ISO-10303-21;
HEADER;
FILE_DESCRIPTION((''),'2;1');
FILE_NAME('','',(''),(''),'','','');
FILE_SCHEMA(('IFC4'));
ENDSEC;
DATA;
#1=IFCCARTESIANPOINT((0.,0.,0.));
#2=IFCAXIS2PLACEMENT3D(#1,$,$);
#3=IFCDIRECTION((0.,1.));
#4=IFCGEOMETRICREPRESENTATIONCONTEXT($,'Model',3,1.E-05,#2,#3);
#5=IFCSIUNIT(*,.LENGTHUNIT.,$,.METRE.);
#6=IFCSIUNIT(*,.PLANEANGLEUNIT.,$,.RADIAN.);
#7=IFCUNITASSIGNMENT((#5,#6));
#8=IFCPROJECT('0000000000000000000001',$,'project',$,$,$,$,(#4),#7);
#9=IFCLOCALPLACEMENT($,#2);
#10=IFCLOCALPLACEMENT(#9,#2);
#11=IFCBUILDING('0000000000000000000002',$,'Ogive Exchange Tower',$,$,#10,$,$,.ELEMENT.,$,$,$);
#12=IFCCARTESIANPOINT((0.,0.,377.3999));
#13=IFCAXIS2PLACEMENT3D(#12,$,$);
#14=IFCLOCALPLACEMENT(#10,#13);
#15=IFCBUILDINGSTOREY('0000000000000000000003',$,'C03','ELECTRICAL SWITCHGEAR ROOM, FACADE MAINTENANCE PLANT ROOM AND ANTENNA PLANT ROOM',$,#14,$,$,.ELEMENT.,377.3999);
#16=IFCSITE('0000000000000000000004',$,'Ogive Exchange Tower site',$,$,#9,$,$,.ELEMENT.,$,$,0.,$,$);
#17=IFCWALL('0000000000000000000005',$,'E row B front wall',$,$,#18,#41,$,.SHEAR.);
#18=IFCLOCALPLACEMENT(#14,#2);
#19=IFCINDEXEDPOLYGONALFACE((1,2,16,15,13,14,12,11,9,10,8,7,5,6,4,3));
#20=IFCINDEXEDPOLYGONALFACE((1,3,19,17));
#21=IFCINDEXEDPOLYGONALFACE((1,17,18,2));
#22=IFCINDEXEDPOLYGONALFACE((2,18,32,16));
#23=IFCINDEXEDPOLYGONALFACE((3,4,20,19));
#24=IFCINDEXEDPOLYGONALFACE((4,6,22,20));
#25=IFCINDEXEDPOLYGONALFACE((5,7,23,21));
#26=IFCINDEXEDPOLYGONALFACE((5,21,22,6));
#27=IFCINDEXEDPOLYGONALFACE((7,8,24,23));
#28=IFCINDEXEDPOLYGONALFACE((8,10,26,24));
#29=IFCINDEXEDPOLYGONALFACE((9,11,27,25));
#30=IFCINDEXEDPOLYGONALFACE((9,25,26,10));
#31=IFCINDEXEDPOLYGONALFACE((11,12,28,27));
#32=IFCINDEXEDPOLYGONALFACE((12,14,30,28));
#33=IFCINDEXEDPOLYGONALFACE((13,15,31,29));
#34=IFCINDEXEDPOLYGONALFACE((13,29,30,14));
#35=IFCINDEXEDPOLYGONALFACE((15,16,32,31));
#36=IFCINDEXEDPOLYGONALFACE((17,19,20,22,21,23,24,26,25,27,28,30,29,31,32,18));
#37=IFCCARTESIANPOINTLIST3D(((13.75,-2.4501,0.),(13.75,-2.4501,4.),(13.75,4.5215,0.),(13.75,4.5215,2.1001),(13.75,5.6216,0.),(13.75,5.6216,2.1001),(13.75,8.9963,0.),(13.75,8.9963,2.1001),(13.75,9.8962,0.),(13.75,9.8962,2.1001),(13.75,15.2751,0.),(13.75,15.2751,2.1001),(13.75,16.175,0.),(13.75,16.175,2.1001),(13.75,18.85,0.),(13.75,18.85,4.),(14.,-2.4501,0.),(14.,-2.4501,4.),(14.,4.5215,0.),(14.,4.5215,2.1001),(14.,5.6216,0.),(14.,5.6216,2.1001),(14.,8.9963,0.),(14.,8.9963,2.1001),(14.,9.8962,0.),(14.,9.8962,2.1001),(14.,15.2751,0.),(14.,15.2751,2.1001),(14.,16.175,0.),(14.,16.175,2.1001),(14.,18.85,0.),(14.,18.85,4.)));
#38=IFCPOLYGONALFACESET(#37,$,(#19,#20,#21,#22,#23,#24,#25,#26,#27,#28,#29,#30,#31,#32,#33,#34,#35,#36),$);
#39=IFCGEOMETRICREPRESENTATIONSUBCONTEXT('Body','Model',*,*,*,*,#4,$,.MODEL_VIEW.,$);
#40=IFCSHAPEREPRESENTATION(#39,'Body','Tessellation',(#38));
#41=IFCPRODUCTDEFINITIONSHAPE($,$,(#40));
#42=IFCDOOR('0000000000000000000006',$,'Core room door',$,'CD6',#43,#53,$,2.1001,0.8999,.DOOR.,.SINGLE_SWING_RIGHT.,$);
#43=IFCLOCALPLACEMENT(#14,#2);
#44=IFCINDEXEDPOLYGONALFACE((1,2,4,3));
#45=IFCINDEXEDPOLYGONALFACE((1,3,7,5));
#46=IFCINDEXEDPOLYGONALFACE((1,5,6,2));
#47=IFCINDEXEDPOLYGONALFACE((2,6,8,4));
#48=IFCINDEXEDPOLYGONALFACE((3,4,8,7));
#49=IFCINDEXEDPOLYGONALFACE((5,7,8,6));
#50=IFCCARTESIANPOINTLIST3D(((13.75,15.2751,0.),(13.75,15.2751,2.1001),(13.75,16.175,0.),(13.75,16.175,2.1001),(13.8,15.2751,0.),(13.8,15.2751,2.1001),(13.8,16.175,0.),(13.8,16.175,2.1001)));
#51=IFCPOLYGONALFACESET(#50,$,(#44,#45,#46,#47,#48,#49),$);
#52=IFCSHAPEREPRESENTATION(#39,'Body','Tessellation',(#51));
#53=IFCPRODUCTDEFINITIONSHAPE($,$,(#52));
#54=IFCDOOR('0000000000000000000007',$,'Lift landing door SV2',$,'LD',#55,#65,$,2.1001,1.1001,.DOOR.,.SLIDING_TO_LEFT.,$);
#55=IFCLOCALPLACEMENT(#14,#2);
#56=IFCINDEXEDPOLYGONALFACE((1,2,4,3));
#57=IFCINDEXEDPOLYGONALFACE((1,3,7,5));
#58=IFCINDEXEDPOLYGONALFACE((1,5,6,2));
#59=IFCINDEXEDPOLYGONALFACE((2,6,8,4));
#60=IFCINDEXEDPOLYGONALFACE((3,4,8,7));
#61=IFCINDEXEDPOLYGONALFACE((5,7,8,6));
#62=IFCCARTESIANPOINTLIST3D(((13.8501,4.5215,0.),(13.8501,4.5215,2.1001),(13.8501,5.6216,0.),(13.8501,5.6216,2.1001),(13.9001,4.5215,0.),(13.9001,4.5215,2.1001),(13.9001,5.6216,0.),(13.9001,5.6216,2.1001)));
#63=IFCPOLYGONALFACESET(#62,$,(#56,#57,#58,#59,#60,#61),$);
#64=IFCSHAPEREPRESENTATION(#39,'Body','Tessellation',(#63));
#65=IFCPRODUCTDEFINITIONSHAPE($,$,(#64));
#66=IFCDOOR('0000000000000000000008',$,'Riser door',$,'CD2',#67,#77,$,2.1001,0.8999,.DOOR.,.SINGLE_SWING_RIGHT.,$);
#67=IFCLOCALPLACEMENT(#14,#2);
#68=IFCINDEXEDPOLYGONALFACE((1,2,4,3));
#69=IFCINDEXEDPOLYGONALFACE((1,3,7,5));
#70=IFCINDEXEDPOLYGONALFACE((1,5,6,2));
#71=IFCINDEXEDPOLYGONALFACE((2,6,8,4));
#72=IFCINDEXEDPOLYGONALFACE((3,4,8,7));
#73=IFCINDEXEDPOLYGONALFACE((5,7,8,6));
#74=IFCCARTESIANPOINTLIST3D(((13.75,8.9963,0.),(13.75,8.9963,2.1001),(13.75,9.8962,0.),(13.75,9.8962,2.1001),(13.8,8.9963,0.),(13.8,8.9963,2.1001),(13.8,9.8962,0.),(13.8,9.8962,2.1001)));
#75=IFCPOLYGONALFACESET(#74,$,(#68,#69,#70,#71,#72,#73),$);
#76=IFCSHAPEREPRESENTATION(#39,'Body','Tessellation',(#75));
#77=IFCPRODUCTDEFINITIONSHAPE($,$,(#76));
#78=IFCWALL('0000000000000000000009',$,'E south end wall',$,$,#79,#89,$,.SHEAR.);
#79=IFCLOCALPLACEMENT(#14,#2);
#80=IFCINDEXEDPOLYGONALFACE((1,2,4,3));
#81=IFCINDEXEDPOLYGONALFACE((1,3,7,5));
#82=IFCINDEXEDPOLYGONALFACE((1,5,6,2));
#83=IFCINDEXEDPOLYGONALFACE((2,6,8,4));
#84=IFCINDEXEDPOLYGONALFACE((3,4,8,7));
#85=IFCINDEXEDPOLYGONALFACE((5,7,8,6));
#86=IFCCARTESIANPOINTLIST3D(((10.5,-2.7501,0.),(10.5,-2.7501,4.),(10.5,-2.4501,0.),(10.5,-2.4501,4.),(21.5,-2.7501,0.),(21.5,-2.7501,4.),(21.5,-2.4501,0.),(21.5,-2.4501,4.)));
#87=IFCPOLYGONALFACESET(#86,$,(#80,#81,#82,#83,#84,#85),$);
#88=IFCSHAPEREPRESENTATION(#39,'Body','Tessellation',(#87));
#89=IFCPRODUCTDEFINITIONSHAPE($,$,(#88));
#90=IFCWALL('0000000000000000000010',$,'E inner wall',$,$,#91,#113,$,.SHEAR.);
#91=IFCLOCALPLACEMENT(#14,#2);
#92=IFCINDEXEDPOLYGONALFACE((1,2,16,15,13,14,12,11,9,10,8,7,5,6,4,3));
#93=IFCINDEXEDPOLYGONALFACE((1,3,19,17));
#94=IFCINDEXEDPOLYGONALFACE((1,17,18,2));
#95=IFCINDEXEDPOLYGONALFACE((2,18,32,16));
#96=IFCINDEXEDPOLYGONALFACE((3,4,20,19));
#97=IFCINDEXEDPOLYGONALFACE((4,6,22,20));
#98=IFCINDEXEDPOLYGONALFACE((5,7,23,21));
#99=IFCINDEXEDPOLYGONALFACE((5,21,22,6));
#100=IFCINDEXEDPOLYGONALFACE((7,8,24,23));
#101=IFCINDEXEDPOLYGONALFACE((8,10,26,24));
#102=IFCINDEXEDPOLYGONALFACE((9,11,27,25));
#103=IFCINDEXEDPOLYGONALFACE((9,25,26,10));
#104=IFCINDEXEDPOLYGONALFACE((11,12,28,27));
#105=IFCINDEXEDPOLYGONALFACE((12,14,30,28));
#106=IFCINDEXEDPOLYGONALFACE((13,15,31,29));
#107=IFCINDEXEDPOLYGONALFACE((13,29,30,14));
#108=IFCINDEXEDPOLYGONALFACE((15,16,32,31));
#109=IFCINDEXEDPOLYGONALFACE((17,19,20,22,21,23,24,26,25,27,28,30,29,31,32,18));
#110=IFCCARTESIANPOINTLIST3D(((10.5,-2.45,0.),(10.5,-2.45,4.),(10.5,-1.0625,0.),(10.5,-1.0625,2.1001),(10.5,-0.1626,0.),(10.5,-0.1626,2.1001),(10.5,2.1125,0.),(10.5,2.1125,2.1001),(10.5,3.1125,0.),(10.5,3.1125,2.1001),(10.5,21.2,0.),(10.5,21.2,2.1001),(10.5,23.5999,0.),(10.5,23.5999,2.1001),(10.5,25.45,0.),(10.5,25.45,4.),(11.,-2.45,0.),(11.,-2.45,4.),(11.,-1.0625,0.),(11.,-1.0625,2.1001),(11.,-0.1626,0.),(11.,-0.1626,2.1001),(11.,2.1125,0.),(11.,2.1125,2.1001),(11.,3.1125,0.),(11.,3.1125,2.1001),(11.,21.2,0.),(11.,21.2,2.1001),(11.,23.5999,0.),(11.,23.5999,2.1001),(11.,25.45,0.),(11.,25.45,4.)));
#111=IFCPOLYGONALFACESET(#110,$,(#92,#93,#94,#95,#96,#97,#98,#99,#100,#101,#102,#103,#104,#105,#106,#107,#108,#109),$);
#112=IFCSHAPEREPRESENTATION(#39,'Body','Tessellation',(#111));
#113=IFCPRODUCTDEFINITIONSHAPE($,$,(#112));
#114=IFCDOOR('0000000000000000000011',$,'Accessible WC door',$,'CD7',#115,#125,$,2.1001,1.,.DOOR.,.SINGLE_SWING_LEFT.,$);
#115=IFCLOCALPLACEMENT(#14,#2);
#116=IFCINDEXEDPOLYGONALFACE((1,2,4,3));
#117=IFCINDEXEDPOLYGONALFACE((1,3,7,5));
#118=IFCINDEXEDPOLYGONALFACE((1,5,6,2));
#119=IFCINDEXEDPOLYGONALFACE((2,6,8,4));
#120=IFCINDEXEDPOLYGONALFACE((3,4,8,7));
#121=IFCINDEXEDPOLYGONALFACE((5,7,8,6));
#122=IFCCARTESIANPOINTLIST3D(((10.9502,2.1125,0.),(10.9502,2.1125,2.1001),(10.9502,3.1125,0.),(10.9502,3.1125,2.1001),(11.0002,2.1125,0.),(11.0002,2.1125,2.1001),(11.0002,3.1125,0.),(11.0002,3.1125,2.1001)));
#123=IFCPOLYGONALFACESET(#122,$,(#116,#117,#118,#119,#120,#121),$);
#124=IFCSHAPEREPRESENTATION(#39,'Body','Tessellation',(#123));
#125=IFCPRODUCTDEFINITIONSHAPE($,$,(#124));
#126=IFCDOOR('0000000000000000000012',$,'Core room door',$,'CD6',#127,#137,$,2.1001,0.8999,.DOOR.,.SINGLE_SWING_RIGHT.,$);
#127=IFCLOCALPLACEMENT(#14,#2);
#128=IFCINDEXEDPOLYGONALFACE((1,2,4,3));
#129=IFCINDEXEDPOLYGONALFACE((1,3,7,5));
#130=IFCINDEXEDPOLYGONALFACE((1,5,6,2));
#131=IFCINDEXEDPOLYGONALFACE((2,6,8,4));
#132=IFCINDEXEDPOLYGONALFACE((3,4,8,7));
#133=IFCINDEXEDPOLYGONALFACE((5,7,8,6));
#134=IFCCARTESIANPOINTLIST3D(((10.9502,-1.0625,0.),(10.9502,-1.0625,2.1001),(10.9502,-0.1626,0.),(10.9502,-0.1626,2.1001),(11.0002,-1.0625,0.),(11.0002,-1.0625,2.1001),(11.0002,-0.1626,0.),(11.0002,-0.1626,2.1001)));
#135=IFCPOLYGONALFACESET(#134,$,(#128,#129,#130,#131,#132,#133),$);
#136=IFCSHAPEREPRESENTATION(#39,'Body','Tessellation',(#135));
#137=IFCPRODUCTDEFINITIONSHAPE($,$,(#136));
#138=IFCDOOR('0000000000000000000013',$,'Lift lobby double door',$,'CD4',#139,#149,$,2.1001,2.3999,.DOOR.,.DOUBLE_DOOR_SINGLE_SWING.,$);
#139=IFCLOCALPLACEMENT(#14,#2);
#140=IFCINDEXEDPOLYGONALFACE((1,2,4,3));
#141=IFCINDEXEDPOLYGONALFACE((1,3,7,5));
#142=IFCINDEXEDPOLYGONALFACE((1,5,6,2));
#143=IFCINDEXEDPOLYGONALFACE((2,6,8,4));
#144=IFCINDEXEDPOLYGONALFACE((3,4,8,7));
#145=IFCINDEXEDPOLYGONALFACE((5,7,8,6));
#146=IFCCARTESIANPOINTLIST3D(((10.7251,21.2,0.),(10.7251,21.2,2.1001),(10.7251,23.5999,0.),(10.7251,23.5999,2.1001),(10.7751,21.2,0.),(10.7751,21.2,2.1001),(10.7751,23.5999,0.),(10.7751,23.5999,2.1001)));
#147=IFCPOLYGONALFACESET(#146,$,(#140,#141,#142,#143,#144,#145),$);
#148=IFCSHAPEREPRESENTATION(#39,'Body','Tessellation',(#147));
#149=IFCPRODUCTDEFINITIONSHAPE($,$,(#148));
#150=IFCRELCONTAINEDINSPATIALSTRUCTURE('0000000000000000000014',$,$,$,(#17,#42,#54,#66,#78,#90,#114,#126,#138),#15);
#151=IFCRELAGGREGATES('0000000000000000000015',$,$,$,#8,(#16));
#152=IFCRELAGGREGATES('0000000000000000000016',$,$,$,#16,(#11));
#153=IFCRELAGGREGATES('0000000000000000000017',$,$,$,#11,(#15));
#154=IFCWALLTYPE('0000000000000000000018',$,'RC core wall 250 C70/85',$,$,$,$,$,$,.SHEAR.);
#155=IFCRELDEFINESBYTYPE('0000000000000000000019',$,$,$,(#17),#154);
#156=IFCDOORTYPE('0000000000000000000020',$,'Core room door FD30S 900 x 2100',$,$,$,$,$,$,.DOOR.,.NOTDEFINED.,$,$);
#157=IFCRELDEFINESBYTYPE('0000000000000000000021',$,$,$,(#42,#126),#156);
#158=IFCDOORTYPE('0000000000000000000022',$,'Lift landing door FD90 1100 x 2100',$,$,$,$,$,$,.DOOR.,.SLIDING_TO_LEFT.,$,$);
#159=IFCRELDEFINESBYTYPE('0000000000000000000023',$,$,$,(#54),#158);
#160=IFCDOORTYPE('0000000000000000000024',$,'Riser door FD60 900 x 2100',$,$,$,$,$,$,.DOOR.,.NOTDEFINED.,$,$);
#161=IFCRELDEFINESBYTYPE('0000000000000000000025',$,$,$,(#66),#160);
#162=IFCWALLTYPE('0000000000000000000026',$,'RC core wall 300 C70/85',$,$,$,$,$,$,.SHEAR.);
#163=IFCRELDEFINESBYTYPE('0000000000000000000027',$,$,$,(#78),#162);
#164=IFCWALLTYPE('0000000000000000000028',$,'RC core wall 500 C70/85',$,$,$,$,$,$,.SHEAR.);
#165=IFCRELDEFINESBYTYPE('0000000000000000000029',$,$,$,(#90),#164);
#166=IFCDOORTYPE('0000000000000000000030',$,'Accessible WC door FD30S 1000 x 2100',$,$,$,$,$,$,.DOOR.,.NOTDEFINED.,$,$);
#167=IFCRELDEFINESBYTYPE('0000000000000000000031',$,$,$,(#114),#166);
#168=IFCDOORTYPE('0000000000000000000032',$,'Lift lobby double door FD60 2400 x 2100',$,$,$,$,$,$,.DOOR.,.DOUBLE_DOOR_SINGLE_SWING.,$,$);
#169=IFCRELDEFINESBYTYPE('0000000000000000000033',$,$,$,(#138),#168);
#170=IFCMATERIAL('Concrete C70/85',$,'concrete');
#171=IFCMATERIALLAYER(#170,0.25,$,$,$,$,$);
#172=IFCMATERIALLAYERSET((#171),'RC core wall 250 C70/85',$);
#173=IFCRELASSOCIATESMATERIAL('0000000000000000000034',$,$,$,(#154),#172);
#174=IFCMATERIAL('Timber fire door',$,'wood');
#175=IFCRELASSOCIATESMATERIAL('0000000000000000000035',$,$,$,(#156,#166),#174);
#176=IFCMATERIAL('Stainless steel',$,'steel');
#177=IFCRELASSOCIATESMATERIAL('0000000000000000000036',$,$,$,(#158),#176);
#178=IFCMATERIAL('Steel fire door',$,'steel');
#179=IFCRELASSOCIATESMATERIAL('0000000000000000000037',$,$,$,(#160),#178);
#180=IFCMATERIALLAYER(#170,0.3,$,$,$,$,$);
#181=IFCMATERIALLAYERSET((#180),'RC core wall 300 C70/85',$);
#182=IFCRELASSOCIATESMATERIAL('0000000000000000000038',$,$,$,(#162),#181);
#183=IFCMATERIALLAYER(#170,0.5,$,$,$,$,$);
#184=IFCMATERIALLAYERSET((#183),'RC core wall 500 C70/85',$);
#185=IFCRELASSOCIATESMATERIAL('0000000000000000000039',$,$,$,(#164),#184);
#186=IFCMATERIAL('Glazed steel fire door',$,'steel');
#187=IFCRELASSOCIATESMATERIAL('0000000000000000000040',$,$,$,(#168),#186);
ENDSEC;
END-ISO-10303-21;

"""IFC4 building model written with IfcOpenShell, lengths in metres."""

from ifc_helpers import new_model, si_unit, direction, frame, frame_2d, origin, place, context, subcontext, project, spatial, rectangle, extrude, material, layer, layer_set, type_object, element, fill, save


model = new_model("IFC4")

# Units and contexts
model_context = context("Model", 3, precision=1e-05, world=origin(), true_north=direction((0.0, 1.0)))
body_context = subcontext(model_context, "Body", "Model", "MODEL_VIEW")
ifc_project = project(units=[si_unit("LENGTHUNIT", "METRE"), si_unit("PLANEANGLEUNIT", "RADIAN")], contexts=[model_context])

# Site, building, storey
site_placement = place(None, origin())
site = spatial("IfcSite", under=ifc_project, at=site_placement, Name="Ogive Exchange Tower site", CompositionType="ELEMENT", RefElevation=0.0)
building_placement = place(site_placement, origin())
building = spatial("IfcBuilding", under=site, at=building_placement, Name="Ogive Exchange Tower", CompositionType="ELEMENT")
storey_placement = place(building_placement, frame((0.0, 0.0, 377.3999)))
storey = spatial("IfcBuildingStorey", under=building, at=storey_placement, Name="C03", Description="ELECTRICAL SWITCHGEAR ROOM, FACADE MAINTENANCE PLANT ROOM AND ANTENNA PLANT ROOM", CompositionType="ELEMENT", Elevation=377.3999)

# Wall, openings, doors
ifc_material_1 = material(Name="Concrete C70/85", Category="concrete")
ifc_layer_1 = layer(ifc_material_1, 0.25)
ifc_layer_set_1 = layer_set([ifc_layer_1], Name="RC core wall 250 C70/85")
wall_type_1 = type_object("IfcWallType", Name="RC core wall 250 C70/85", PredefinedType="SHEAR", material=ifc_layer_set_1)
wall_1_placement = place(storey_placement, frame((13.875, -2.45, 0.0), z_axis=(0.0, 0.0, 1.0), x_axis=(0.0, 1.0, 0.0)))
wall_1 = element("IfcWall", 1, at=wall_1_placement, inside=storey, type_object=wall_type_1, Name="E row B front wall", PredefinedType="SHEAR", context=body_context, shape_type="SweptSolid", body=[
    extrude(rectangle(XDim=21.3, YDim=0.25, at=frame_2d((10.6499, 0.0))), origin(), (0.0, 0.0, 1.0), 4.0),
])
opening_1_placement = place(wall_1_placement, frame((11.4463, 0.0, 0.0)))
opening_1 = element("IfcOpeningElement", 2, at=opening_1_placement, cuts=wall_1, PredefinedType="OPENING", context=body_context, shape_type="SweptSolid", body=[
    extrude(rectangle(XDim=0.8999, YDim=2.1001, at=frame_2d((0.45, 1.05))), frame((0.0, 0.135, 0.0), z_axis=(0.0, -1.0, 0.0), x_axis=(1.0, 0.0, 0.0)), (0.0, 0.0, 1.0), 0.27),
])
opening_2_placement = place(wall_1_placement, frame((17.7251, 0.0, 0.0)))
opening_2 = element("IfcOpeningElement", 3, at=opening_2_placement, cuts=wall_1, PredefinedType="OPENING", context=body_context, shape_type="SweptSolid", body=[
    extrude(rectangle(XDim=0.8999, YDim=2.1001, at=frame_2d((0.45, 1.05))), frame((0.0, 0.135, 0.0), z_axis=(0.0, -1.0, 0.0), x_axis=(1.0, 0.0, 0.0)), (0.0, 0.0, 1.0), 0.27),
])
opening_3_placement = place(wall_1_placement, frame((6.9714, 0.0, 0.0)))
opening_3 = element("IfcOpeningElement", 4, at=opening_3_placement, cuts=wall_1, PredefinedType="OPENING", context=body_context, shape_type="SweptSolid", body=[
    extrude(rectangle(XDim=1.1001, YDim=2.1001, at=frame_2d((0.55, 1.05))), frame((0.0, 0.135, 0.0), z_axis=(0.0, -1.0, 0.0), x_axis=(1.0, 0.0, 0.0)), (0.0, 0.0, 1.0), 0.27),
])
ifc_material_2 = material(Name="Timber fire door", Category="wood")
door_type_1 = type_object("IfcDoorType", Name="Core room door FD30S 900 x 2100", OperationType="NOTDEFINED", PredefinedType="DOOR", material=ifc_material_2)
door_1_placement = place(opening_2_placement, origin())
door_1 = element("IfcDoor", 5, at=door_1_placement, inside=storey, type_object=door_type_1, Name="Core room door", ObjectType="CD6", OperationType="SINGLE_SWING_RIGHT", OverallHeight=2.1001, OverallWidth=0.8999, PredefinedType="DOOR", context=body_context, shape_type="SweptSolid", body=[
    extrude(rectangle(XDim=0.8999, YDim=2.1001, at=frame_2d((0.45, 1.05))), frame((0.0, 0.125, 0.0), z_axis=(0.0, -1.0, 0.0), x_axis=(1.0, 0.0, 0.0)), (0.0, 0.0, 1.0), 0.05),
])
fill(opening_2, door_1)
ifc_material_3 = material(Name="Stainless steel", Category="steel")
door_type_2 = type_object("IfcDoorType", Name="Lift landing door FD90 1100 x 2100", OperationType="SLIDING_TO_LEFT", PredefinedType="DOOR", material=ifc_material_3)
door_2_placement = place(opening_3_placement, origin())
door_2 = element("IfcDoor", 6, at=door_2_placement, inside=storey, type_object=door_type_2, Name="Lift landing door SV2", ObjectType="LD", OperationType="SLIDING_TO_LEFT", OverallHeight=2.1001, OverallWidth=1.1001, PredefinedType="DOOR", context=body_context, shape_type="SweptSolid", body=[
    extrude(rectangle(XDim=1.1001, YDim=2.1001, at=frame_2d((0.55, 1.05))), frame((0.0, 0.0249, 0.0), z_axis=(0.0, -1.0, 0.0), x_axis=(1.0, 0.0, 0.0)), (0.0, 0.0, 1.0), 0.05),
])
fill(opening_3, door_2)
ifc_material_4 = material(Name="Steel fire door", Category="steel")
door_type_3 = type_object("IfcDoorType", Name="Riser door FD60 900 x 2100", OperationType="NOTDEFINED", PredefinedType="DOOR", material=ifc_material_4)
door_3_placement = place(opening_1_placement, origin())
door_3 = element("IfcDoor", 7, at=door_3_placement, inside=storey, type_object=door_type_3, Name="Riser door", ObjectType="CD2", OperationType="SINGLE_SWING_RIGHT", OverallHeight=2.1001, OverallWidth=0.8999, PredefinedType="DOOR", context=body_context, shape_type="SweptSolid", body=[
    extrude(rectangle(XDim=0.8999, YDim=2.1001, at=frame_2d((0.45, 1.05))), frame((0.0, 0.125, 0.0), z_axis=(0.0, -1.0, 0.0), x_axis=(1.0, 0.0, 0.0)), (0.0, 0.0, 1.0), 0.05),
])
fill(opening_1, door_3)

# Wall
ifc_layer_2 = layer(ifc_material_1, 0.3)
ifc_layer_set_2 = layer_set([ifc_layer_2], Name="RC core wall 300 C70/85")
wall_type_2 = type_object("IfcWallType", Name="RC core wall 300 C70/85", PredefinedType="SHEAR", material=ifc_layer_set_2)
wall_2_placement = place(storey_placement, frame((10.5, -2.6001, 0.0), z_axis=(0.0, 0.0, 1.0), x_axis=(1.0, 0.0, 0.0)))
element("IfcWall", 8, at=wall_2_placement, inside=storey, type_object=wall_type_2, Name="E south end wall", PredefinedType="SHEAR", context=body_context, shape_type="SweptSolid", body=[
    extrude(rectangle(XDim=11.0, YDim=0.3, at=frame_2d((5.5, 0.0))), origin(), (0.0, 0.0, 1.0), 4.0),
])

# Wall, openings, doors
ifc_layer_3 = layer(ifc_material_1, 0.5)
ifc_layer_set_3 = layer_set([ifc_layer_3], Name="RC core wall 500 C70/85")
wall_type_3 = type_object("IfcWallType", Name="RC core wall 500 C70/85", PredefinedType="SHEAR", material=ifc_layer_set_3)
wall_3_placement = place(storey_placement, frame((10.75, -2.45, 0.0), z_axis=(0.0, 0.0, 1.0), x_axis=(0.0, 1.0, 0.0)))
wall_3 = element("IfcWall", 9, at=wall_3_placement, inside=storey, type_object=wall_type_3, Name="E inner wall", PredefinedType="SHEAR", context=body_context, shape_type="SweptSolid", body=[
    extrude(rectangle(XDim=27.8999, YDim=0.5, at=frame_2d((13.95, 0.0))), origin(), (0.0, 0.0, 1.0), 4.0),
])
opening_4_placement = place(wall_3_placement, frame((23.6499, 0.0, 0.0)))
opening_4 = element("IfcOpeningElement", 10, at=opening_4_placement, cuts=wall_3, PredefinedType="OPENING", context=body_context, shape_type="SweptSolid", body=[
    extrude(rectangle(XDim=2.3999, YDim=2.1001, at=frame_2d((1.2, 1.05))), frame((0.0, 0.26, 0.0), z_axis=(0.0, -1.0, 0.0), x_axis=(1.0, 0.0, 0.0)), (0.0, 0.0, 1.0), 0.52),
])
opening_5_placement = place(wall_3_placement, frame((1.3875, 0.0, 0.0)))
opening_5 = element("IfcOpeningElement", 11, at=opening_5_placement, cuts=wall_3, PredefinedType="OPENING", context=body_context, shape_type="SweptSolid", body=[
    extrude(rectangle(XDim=0.8999, YDim=2.1001, at=frame_2d((0.45, 1.05))), frame((0.0, 0.26, 0.0), z_axis=(0.0, -1.0, 0.0), x_axis=(1.0, 0.0, 0.0)), (0.0, 0.0, 1.0), 0.52),
])
opening_6_placement = place(wall_3_placement, frame((4.5625, 0.0, 0.0)))
opening_6 = element("IfcOpeningElement", 12, at=opening_6_placement, cuts=wall_3, PredefinedType="OPENING", context=body_context, shape_type="SweptSolid", body=[
    extrude(rectangle(XDim=1.0, YDim=2.1001, at=frame_2d((0.5, 1.05))), frame((0.0, 0.26, 0.0), z_axis=(0.0, -1.0, 0.0), x_axis=(1.0, 0.0, 0.0)), (0.0, 0.0, 1.0), 0.52),
])
door_type_4 = type_object("IfcDoorType", Name="Accessible WC door FD30S 1000 x 2100", OperationType="NOTDEFINED", PredefinedType="DOOR", material=ifc_material_2)
door_4_placement = place(opening_6_placement, origin())
door_4 = element("IfcDoor", 13, at=door_4_placement, inside=storey, type_object=door_type_4, Name="Accessible WC door", ObjectType="CD7", OperationType="SINGLE_SWING_LEFT", OverallHeight=2.1001, OverallWidth=1.0, PredefinedType="DOOR", context=body_context, shape_type="SweptSolid", body=[
    extrude(rectangle(XDim=1.0, YDim=2.1001, at=frame_2d((0.5, 1.05))), frame((0.0, -0.2002, 0.0), z_axis=(0.0, -1.0, 0.0), x_axis=(1.0, 0.0, 0.0)), (0.0, 0.0, 1.0), 0.05),
])
fill(opening_6, door_4)
door_5_placement = place(opening_5_placement, origin())
door_5 = element("IfcDoor", 14, at=door_5_placement, inside=storey, type_object=door_type_1, Name="Core room door", ObjectType="CD6", OperationType="SINGLE_SWING_RIGHT", OverallHeight=2.1001, OverallWidth=0.8999, PredefinedType="DOOR", context=body_context, shape_type="SweptSolid", body=[
    extrude(rectangle(XDim=0.8999, YDim=2.1001, at=frame_2d((0.45, 1.05))), frame((0.0, -0.2002, 0.0), z_axis=(0.0, -1.0, 0.0), x_axis=(1.0, 0.0, 0.0)), (0.0, 0.0, 1.0), 0.05),
])
fill(opening_5, door_5)
ifc_material_5 = material(Name="Glazed steel fire door", Category="steel")
door_type_5 = type_object("IfcDoorType", Name="Lift lobby double door FD60 2400 x 2100", OperationType="DOUBLE_DOOR_SINGLE_SWING", PredefinedType="DOOR", material=ifc_material_5)
door_6_placement = place(opening_4_placement, origin())
door_6 = element("IfcDoor", 15, at=door_6_placement, inside=storey, type_object=door_type_5, Name="Lift lobby double door", ObjectType="CD4", OperationType="DOUBLE_DOOR_SINGLE_SWING", OverallHeight=2.1001, OverallWidth=2.3999, PredefinedType="DOOR", context=body_context, shape_type="SweptSolid", body=[
    extrude(rectangle(XDim=2.3999, YDim=2.1001, at=frame_2d((1.2, 1.05))), frame((0.0, 0.0249, 0.0), z_axis=(0.0, -1.0, 0.0), x_axis=(1.0, 0.0, 0.0)), (0.0, 0.0, 1.0), 0.05),
])
fill(opening_4, door_6)

save(model, "model.ifc")
